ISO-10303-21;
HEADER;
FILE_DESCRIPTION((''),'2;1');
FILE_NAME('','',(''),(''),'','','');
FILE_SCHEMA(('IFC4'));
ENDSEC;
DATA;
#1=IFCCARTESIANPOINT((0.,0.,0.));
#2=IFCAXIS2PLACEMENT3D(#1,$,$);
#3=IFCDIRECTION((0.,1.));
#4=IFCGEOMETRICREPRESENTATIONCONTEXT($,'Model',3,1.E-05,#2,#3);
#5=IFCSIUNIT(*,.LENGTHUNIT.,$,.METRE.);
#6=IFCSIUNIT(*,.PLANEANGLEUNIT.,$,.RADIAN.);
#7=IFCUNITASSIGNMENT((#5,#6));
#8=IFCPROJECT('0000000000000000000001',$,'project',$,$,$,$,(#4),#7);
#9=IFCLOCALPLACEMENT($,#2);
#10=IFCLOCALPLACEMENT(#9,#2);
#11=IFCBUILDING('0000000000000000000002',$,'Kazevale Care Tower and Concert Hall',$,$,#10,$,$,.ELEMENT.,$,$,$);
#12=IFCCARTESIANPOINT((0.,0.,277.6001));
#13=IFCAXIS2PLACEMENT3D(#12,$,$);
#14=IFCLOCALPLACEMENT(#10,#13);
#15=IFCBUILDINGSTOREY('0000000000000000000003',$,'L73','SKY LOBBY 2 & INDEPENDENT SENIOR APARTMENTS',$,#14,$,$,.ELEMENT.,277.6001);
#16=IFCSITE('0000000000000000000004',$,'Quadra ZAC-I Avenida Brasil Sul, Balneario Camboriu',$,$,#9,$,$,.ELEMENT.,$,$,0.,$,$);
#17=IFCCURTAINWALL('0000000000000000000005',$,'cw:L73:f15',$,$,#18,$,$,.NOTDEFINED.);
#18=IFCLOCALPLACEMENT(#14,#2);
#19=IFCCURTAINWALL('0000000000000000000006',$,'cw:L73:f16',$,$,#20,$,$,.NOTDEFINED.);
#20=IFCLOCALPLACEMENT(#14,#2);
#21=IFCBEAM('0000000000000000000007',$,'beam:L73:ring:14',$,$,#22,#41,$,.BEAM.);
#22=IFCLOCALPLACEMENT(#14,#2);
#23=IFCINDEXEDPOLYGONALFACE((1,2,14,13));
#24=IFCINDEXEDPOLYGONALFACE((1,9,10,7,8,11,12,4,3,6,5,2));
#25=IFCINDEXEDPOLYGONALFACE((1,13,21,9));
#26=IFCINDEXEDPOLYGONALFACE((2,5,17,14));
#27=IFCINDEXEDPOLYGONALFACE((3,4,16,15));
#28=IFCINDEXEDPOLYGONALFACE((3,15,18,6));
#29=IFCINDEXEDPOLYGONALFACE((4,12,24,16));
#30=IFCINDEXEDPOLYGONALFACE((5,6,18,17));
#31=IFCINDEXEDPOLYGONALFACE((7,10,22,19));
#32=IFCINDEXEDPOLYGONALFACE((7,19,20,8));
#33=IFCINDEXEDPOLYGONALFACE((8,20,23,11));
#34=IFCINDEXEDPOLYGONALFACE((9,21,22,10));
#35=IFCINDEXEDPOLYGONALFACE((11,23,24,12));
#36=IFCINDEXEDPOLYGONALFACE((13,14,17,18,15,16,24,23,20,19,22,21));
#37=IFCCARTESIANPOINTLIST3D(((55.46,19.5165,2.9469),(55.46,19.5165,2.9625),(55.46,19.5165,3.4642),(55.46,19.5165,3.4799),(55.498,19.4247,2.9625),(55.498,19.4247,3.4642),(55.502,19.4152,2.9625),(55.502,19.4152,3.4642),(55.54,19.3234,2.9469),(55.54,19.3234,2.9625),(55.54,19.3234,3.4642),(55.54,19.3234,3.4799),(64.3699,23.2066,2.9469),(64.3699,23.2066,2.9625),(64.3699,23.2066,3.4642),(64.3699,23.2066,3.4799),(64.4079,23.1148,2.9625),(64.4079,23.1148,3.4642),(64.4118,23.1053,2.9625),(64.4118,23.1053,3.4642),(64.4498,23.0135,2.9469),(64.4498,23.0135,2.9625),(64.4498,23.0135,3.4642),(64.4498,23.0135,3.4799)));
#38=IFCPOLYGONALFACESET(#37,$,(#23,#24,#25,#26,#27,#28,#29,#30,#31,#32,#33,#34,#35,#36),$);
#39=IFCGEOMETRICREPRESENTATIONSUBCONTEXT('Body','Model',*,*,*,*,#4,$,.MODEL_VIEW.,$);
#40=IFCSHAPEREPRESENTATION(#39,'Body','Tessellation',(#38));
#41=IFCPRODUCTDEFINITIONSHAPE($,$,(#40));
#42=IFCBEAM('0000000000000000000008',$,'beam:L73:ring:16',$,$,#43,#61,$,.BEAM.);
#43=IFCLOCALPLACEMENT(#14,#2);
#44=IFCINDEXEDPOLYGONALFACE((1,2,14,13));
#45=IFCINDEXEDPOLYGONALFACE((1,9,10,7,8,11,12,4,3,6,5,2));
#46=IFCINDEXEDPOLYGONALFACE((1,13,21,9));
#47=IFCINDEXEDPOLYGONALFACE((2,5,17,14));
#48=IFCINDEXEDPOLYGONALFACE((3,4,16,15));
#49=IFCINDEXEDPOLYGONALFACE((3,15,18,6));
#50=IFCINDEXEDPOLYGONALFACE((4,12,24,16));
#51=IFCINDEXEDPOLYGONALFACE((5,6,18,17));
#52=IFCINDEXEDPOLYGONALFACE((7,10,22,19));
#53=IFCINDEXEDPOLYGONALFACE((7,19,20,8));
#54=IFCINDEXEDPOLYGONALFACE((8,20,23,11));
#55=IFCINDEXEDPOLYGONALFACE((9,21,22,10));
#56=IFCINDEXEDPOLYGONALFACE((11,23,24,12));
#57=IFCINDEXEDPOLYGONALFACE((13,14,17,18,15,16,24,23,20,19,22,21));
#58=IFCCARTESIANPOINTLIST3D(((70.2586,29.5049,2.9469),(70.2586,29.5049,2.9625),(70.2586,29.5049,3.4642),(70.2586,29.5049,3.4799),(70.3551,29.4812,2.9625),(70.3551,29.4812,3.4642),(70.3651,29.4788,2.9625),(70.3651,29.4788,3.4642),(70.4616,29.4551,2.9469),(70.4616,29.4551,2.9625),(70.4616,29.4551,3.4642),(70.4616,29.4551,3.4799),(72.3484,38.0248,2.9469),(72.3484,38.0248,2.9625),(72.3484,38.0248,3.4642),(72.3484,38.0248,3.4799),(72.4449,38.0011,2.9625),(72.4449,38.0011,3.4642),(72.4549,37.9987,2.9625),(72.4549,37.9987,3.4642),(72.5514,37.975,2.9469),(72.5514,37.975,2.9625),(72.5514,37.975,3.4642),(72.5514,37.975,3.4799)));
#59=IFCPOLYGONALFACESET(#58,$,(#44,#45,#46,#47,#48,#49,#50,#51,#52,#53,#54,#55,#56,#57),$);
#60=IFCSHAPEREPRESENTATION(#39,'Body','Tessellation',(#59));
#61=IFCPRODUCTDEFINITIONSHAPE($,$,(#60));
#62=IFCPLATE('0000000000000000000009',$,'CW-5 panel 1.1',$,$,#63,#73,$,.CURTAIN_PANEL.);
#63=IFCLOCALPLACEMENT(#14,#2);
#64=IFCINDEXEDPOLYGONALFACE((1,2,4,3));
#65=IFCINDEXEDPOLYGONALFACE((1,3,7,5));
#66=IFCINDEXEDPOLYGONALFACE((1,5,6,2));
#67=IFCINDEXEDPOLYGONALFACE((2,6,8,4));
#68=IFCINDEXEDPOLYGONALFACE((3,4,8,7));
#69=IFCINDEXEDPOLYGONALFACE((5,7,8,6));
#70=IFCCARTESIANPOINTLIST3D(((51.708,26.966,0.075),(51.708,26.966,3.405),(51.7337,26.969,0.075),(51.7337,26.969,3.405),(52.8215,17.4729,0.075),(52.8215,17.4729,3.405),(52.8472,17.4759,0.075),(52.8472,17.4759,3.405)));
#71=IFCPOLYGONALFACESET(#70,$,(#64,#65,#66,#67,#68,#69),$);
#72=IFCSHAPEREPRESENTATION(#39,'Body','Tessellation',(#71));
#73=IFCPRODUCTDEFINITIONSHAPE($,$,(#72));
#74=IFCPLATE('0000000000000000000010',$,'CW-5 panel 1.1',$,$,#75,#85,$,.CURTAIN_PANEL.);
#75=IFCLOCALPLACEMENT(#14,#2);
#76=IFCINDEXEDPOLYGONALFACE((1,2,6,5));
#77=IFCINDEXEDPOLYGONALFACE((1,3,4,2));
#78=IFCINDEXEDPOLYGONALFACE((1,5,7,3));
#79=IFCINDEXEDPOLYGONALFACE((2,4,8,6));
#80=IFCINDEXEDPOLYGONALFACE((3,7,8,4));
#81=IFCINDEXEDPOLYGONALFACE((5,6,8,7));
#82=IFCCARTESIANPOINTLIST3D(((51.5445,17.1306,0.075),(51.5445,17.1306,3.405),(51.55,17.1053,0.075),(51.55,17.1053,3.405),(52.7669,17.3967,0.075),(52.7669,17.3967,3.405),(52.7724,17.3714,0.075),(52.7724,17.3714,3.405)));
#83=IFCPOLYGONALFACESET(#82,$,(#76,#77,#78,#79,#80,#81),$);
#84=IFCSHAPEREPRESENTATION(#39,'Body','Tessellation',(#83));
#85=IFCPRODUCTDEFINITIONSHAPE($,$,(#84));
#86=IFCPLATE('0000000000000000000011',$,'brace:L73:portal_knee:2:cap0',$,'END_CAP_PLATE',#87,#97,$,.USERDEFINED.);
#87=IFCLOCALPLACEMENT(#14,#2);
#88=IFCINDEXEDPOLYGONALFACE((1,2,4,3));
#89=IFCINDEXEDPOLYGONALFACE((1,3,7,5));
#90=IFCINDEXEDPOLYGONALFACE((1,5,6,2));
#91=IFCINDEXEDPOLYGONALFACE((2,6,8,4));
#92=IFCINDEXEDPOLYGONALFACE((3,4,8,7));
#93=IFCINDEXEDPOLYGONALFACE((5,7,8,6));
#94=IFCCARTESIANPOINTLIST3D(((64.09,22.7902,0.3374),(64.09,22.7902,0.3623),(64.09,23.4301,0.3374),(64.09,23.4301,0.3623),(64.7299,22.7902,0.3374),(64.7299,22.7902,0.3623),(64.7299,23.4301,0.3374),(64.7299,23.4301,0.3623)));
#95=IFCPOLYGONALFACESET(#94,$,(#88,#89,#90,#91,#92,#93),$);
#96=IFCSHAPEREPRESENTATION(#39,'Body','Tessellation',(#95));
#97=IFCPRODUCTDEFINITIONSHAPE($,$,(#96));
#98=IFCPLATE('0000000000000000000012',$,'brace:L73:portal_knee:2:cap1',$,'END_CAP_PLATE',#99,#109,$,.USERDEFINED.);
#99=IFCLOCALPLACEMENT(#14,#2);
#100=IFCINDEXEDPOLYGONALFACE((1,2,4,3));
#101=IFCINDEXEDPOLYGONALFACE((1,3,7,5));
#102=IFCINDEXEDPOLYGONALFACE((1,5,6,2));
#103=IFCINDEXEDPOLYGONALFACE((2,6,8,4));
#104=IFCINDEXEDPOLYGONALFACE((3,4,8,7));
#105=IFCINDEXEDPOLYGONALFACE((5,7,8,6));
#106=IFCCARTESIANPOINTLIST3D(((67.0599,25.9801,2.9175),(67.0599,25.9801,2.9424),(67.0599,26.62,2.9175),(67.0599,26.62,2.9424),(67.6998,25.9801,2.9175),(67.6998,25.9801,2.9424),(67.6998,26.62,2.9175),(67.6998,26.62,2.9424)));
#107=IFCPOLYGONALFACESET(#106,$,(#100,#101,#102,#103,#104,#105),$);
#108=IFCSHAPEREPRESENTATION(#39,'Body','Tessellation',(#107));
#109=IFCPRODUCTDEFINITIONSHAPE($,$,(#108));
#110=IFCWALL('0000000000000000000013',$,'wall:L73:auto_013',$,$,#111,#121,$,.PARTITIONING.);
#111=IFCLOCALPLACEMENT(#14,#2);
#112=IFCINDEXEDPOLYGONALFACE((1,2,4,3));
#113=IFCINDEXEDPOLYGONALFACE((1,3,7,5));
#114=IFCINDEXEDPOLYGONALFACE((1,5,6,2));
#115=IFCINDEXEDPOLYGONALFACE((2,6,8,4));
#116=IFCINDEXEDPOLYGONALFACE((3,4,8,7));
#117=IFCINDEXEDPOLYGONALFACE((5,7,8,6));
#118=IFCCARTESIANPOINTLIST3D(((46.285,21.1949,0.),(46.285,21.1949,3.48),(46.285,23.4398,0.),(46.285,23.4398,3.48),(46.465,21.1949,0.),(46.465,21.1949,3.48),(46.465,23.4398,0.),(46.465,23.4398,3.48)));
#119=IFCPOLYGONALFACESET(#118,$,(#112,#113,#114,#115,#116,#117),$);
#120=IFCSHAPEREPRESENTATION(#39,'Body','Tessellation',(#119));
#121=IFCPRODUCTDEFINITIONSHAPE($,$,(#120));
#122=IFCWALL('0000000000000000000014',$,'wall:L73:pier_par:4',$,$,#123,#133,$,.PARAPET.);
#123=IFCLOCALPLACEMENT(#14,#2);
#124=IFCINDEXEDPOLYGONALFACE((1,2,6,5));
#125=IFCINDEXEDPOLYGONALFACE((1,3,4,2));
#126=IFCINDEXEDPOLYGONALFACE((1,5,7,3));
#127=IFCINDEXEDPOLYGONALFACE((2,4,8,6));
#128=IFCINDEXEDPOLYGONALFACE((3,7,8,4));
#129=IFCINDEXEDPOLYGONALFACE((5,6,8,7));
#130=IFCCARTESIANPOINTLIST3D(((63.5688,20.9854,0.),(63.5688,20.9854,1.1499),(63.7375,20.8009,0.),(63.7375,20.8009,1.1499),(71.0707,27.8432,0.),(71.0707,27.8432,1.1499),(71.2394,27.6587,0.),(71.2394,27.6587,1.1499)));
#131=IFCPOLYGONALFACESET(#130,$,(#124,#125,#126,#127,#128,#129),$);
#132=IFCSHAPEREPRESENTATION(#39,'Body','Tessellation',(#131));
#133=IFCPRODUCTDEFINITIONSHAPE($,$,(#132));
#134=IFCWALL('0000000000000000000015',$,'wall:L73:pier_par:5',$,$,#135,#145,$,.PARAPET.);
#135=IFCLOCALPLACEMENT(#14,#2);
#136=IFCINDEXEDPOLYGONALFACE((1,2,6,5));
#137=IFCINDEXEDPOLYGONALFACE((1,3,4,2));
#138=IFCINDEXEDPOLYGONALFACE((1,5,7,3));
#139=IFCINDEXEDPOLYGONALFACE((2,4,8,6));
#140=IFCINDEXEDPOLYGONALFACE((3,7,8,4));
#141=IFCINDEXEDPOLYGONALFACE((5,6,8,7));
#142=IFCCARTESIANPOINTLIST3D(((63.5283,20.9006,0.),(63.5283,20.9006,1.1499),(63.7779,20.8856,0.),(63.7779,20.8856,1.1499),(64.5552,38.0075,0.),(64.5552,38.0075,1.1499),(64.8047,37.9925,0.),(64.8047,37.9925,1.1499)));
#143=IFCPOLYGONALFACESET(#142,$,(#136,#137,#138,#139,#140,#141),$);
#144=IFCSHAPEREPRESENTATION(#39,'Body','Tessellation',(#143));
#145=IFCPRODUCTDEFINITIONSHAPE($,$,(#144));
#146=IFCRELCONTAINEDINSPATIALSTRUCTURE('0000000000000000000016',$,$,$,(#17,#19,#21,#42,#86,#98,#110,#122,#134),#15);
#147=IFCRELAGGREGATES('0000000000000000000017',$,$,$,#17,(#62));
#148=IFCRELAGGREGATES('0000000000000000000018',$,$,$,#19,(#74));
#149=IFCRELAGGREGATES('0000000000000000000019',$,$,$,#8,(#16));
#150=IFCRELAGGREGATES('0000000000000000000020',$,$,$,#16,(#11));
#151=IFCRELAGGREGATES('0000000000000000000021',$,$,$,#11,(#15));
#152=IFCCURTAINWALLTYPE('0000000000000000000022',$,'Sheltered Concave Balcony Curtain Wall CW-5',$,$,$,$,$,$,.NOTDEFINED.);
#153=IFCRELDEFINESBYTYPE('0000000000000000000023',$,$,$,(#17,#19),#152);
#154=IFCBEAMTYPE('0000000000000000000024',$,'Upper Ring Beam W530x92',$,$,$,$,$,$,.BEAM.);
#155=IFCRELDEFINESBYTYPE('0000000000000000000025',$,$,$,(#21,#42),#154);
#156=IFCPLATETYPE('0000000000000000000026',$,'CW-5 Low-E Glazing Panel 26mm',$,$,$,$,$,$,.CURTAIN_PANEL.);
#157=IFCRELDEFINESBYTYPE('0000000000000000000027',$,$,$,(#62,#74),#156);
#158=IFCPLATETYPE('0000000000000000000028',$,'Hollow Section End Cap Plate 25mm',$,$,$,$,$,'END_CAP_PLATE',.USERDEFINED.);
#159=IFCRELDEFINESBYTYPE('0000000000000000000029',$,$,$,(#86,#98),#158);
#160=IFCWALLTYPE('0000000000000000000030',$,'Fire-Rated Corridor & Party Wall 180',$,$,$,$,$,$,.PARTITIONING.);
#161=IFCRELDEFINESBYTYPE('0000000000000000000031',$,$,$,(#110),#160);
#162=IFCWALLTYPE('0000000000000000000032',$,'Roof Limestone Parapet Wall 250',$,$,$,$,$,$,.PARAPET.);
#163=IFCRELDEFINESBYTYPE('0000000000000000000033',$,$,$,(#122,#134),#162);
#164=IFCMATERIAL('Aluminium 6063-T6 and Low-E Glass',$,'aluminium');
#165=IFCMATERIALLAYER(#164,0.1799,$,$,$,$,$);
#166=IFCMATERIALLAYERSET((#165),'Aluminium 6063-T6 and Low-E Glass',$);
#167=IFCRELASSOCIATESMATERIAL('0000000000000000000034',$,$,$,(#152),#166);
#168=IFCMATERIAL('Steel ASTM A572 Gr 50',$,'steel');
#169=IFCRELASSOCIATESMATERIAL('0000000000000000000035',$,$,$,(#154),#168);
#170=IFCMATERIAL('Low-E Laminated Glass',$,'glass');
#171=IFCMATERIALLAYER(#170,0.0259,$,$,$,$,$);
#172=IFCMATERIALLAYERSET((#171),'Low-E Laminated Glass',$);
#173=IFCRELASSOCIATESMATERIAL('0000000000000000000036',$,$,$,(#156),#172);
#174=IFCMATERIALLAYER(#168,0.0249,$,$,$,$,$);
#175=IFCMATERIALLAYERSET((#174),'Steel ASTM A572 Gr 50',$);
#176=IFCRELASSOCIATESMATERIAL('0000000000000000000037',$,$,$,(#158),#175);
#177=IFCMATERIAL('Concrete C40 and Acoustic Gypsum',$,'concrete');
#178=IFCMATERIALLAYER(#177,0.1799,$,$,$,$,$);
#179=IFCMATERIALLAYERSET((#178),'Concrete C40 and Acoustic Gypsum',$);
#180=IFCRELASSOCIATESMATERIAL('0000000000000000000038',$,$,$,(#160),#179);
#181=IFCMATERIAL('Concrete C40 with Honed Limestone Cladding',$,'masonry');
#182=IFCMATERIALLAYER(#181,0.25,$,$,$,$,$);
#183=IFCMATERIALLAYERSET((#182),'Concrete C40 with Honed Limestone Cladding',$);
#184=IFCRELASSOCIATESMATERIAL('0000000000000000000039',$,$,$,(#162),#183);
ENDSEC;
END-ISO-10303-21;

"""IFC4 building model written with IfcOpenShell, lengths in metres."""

from ifc_helpers import new_model, si_unit, direction, frame, frame_2d, origin, origin_2d, place, context, subcontext, project, spatial, rectangle, i_section, extrude, material, layer, layer_set, material_profile, profile_set, type_object, element, aggregate, save


model = new_model("IFC4")

# Units and contexts
model_context = context("Model", 3, precision=1e-05, world=origin(), true_north=direction((0.0, 1.0)))
body_context = subcontext(model_context, "Body", "Model", "MODEL_VIEW")
ifc_project = project(units=[si_unit("LENGTHUNIT", "METRE"), si_unit("PLANEANGLEUNIT", "RADIAN")], contexts=[model_context])

# Site, building, storey
site_placement = place(None, origin())
site = spatial("IfcSite", under=ifc_project, at=site_placement, Name="Quadra ZAC-I Avenida Brasil Sul, Balneario Camboriu", CompositionType="ELEMENT", RefElevation=0.0)
building_placement = place(site_placement, origin())
building = spatial("IfcBuilding", under=site, at=building_placement, Name="Kazevale Care Tower and Concert Hall", CompositionType="ELEMENT")
storey_placement = place(building_placement, frame((0.0, 0.0, 277.6001)))
storey = spatial("IfcBuildingStorey", under=building, at=storey_placement, Name="L73", Description="SKY LOBBY 2 & INDEPENDENT SENIOR APARTMENTS", CompositionType="ELEMENT", Elevation=277.6001)

# Shared definitions
ifc_material_1 = material(Name="Aluminium 6063-T6 and Low-E Glass", Category="aluminium")
ifc_layer_1 = layer(ifc_material_1, 0.1799)
ifc_layer_set_1 = layer_set([ifc_layer_1], Name="Aluminium 6063-T6 and Low-E Glass")
curtain_wall_type_1 = type_object("IfcCurtainWallType", Name="Sheltered Concave Balcony Curtain Wall CW-5", PredefinedType="NOTDEFINED", material=ifc_layer_set_1)

# Curtain walls
curtain_wall_1_placement = place(storey_placement, origin())
curtain_wall_1 = element("IfcCurtainWall", 1, at=curtain_wall_1_placement, inside=storey, type_object=curtain_wall_type_1, Name="cw:L73:f15", PredefinedType="NOTDEFINED")
curtain_wall_2_placement = place(storey_placement, origin())
curtain_wall_2 = element("IfcCurtainWall", 2, at=curtain_wall_2_placement, inside=storey, type_object=curtain_wall_type_1, Name="cw:L73:f16", PredefinedType="NOTDEFINED")

# Shared definitions
ifc_material_2 = material(Name="Steel ASTM A572 Gr 50", Category="steel")

# Beams
ifc_material_profile_1 = material_profile(ifc_material_2, i_section(OverallWidth=0.209, OverallDepth=0.533, WebThickness=0.0103, FlangeThickness=0.0156, at=origin_2d()), Name="W530x92")
ifc_profile_set_1 = profile_set([ifc_material_profile_1], Name="Steel ASTM A572 Gr 50")
beam_type_1 = type_object("IfcBeamType", Name="Upper Ring Beam W530x92", PredefinedType="BEAM", material=ifc_profile_set_1)
beam_1_placement = place(storey_placement, frame((55.5, 19.4199, 3.2134), z_axis=(0.923895, 0.382646, 0.0), x_axis=(-0.382646, 0.923895, 0.0)))
element("IfcBeam", 3, at=beam_1_placement, inside=storey, type_object=beam_type_1, Name="beam:L73:ring:14", PredefinedType="BEAM", context=body_context, shape_type="SweptSolid", body=[
    extrude(i_section(OverallWidth=0.209, OverallDepth=0.533, WebThickness=0.0103, FlangeThickness=0.0156, at=origin_2d()), origin(), (0.0, 0.0, 1.0), 9.6438),
])
beam_2_placement = place(storey_placement, frame((70.3601, 29.48, 3.2134), z_axis=(0.238224, 0.97121, 0.0), x_axis=(-0.97121, 0.238224, 0.0)))
element("IfcBeam", 4, at=beam_2_placement, inside=storey, type_object=beam_type_1, Name="beam:L73:ring:16", PredefinedType="BEAM", context=body_context, shape_type="SweptSolid", body=[
    extrude(i_section(OverallWidth=0.209, OverallDepth=0.533, WebThickness=0.0103, FlangeThickness=0.0156, at=origin_2d()), origin(), (0.0, 0.0, 1.0), 8.7725),
])

# Plates
ifc_material_3 = material(Name="Low-E Laminated Glass", Category="glass")
ifc_layer_2 = layer(ifc_material_3, 0.0259)
ifc_layer_set_2 = layer_set([ifc_layer_2], Name="Low-E Laminated Glass")
plate_type_1 = type_object("IfcPlateType", Name="CW-5 Low-E Glazing Panel 26mm", PredefinedType="CURTAIN_PANEL", material=ifc_layer_set_2)
plate_1_placement = place(storey_placement, frame((52.2776, 22.2209, 0.075), z_axis=(0.0, 0.0, 1.0), x_axis=(0.116501, -0.993191, 0.0)))
plate_1 = element("IfcPlate", 5, at=plate_1_placement, type_object=plate_type_1, Name="CW-5 panel 1.1", PredefinedType="CURTAIN_PANEL", context=body_context, shape_type="SweptSolid", body=[
    extrude(rectangle(XDim=9.5581, YDim=0.0259, at=origin_2d()), origin(), (0.0, 0.0, 1.0), 3.3301),
])
aggregate(curtain_wall_1, [plate_1])
plate_2_placement = place(storey_placement, frame((52.1584, 17.251, 0.075), z_axis=(0.0, 0.0, 1.0), x_axis=(-0.977118, -0.212696, 0.0)))
plate_2 = element("IfcPlate", 6, at=plate_2_placement, type_object=plate_type_1, Name="CW-5 panel 1.1", PredefinedType="CURTAIN_PANEL", context=body_context, shape_type="SweptSolid", body=[
    extrude(rectangle(XDim=1.251, YDim=0.0259, at=origin_2d()), origin(), (0.0, 0.0, 1.0), 3.3301),
])
aggregate(curtain_wall_2, [plate_2])

# Plates
ifc_layer_3 = layer(ifc_material_2, 0.0249)
ifc_layer_set_3 = layer_set([ifc_layer_3], Name="Steel ASTM A572 Gr 50")
plate_type_2 = type_object("IfcPlateType", Name="Hollow Section End Cap Plate 25mm", ElementType="END_CAP_PLATE", PredefinedType="USERDEFINED", material=ifc_layer_set_3)
for number, where, z_axis, x_axis, name in (
    (7, (64.4099, 23.1101, 0.3374), (0.0, 0.0, 1.0), (1.0, 0.0, 0.0), "brace:L73:portal_knee:2:cap0"),
    (8, (67.3799, 26.3, 2.9175), (0.0, 0.0, 1.0), (1.0, 0.0, 0.0), "brace:L73:portal_knee:2:cap1"),
):
    element("IfcPlate", number, at=place(storey_placement, frame(where, z_axis=z_axis, x_axis=x_axis)), inside=storey, type_object=plate_type_2, Name=name, ObjectType="END_CAP_PLATE", PredefinedType="USERDEFINED", context=body_context, shape_type="SweptSolid", body=[
        extrude(rectangle(XDim=0.6399, YDim=0.6399, at=origin_2d()), origin(), (0.0, 0.0, 1.0), 0.0249),
    ])

# Shared definitions
ifc_material_4 = material(Name="Concrete C40 and Acoustic Gypsum", Category="concrete")
ifc_layer_4 = layer(ifc_material_4, 0.1799)
ifc_layer_set_4 = layer_set([ifc_layer_4], Name="Concrete C40 and Acoustic Gypsum")
wall_type_1 = type_object("IfcWallType", Name="Fire-Rated Corridor & Party Wall 180", PredefinedType="PARTITIONING", material=ifc_layer_set_4)

# Walls
wall_1_placement = place(storey_placement, frame((46.375, 23.4399, 0.0), z_axis=(0.0, 0.0, 1.0), x_axis=(0.0, -1.0, 0.0)))
element("IfcWall", 9, at=wall_1_placement, inside=storey, type_object=wall_type_1, Name="wall:L73:auto_013", PredefinedType="PARTITIONING", context=body_context, shape_type="SweptSolid", body=[
    extrude(rectangle(XDim=2.2449, YDim=0.1799, at=frame_2d((1.1226, 0.0))), origin(), (0.0, 0.0, 1.0), 3.48),
])
ifc_material_5 = material(Name="Concrete C40 with Honed Limestone Cladding", Category="masonry")
ifc_layer_5 = layer(ifc_material_5, 0.25)
ifc_layer_set_5 = layer_set([ifc_layer_5], Name="Concrete C40 with Honed Limestone Cladding")
wall_type_2 = type_object("IfcWallType", Name="Roof Limestone Parapet Wall 250", PredefinedType="PARAPET", material=ifc_layer_set_5)
wall_2_placement = place(storey_placement, frame((71.155, 27.751, 0.0), z_axis=(0.0, 0.0, 1.0), x_axis=(-0.738079, -0.674715, 0.0)))
element("IfcWall", 10, at=wall_2_placement, inside=storey, type_object=wall_type_2, Name="wall:L73:pier_par:4", PredefinedType="PARAPET", context=body_context, shape_type="SweptSolid", body=[
    extrude(rectangle(XDim=10.1641, YDim=0.25, at=frame_2d((5.082, 0.0))), origin(), (0.0, 0.0, 1.0), 1.1499),
])
wall_3_placement = place(storey_placement, frame((63.6531, 20.8931, 0.0), z_axis=(0.0, 0.0, 1.0), x_axis=(0.059918, 0.998203, 0.0)))
element("IfcWall", 11, at=wall_3_placement, inside=storey, type_object=wall_type_2, Name="wall:L73:pier_par:5", PredefinedType="PARAPET", context=body_context, shape_type="SweptSolid", body=[
    extrude(rectangle(XDim=17.1377, YDim=0.25, at=frame_2d((8.5688, 0.0))), origin(), (0.0, 0.0, 1.0), 1.1499),
])

save(model, "model.ifc")
